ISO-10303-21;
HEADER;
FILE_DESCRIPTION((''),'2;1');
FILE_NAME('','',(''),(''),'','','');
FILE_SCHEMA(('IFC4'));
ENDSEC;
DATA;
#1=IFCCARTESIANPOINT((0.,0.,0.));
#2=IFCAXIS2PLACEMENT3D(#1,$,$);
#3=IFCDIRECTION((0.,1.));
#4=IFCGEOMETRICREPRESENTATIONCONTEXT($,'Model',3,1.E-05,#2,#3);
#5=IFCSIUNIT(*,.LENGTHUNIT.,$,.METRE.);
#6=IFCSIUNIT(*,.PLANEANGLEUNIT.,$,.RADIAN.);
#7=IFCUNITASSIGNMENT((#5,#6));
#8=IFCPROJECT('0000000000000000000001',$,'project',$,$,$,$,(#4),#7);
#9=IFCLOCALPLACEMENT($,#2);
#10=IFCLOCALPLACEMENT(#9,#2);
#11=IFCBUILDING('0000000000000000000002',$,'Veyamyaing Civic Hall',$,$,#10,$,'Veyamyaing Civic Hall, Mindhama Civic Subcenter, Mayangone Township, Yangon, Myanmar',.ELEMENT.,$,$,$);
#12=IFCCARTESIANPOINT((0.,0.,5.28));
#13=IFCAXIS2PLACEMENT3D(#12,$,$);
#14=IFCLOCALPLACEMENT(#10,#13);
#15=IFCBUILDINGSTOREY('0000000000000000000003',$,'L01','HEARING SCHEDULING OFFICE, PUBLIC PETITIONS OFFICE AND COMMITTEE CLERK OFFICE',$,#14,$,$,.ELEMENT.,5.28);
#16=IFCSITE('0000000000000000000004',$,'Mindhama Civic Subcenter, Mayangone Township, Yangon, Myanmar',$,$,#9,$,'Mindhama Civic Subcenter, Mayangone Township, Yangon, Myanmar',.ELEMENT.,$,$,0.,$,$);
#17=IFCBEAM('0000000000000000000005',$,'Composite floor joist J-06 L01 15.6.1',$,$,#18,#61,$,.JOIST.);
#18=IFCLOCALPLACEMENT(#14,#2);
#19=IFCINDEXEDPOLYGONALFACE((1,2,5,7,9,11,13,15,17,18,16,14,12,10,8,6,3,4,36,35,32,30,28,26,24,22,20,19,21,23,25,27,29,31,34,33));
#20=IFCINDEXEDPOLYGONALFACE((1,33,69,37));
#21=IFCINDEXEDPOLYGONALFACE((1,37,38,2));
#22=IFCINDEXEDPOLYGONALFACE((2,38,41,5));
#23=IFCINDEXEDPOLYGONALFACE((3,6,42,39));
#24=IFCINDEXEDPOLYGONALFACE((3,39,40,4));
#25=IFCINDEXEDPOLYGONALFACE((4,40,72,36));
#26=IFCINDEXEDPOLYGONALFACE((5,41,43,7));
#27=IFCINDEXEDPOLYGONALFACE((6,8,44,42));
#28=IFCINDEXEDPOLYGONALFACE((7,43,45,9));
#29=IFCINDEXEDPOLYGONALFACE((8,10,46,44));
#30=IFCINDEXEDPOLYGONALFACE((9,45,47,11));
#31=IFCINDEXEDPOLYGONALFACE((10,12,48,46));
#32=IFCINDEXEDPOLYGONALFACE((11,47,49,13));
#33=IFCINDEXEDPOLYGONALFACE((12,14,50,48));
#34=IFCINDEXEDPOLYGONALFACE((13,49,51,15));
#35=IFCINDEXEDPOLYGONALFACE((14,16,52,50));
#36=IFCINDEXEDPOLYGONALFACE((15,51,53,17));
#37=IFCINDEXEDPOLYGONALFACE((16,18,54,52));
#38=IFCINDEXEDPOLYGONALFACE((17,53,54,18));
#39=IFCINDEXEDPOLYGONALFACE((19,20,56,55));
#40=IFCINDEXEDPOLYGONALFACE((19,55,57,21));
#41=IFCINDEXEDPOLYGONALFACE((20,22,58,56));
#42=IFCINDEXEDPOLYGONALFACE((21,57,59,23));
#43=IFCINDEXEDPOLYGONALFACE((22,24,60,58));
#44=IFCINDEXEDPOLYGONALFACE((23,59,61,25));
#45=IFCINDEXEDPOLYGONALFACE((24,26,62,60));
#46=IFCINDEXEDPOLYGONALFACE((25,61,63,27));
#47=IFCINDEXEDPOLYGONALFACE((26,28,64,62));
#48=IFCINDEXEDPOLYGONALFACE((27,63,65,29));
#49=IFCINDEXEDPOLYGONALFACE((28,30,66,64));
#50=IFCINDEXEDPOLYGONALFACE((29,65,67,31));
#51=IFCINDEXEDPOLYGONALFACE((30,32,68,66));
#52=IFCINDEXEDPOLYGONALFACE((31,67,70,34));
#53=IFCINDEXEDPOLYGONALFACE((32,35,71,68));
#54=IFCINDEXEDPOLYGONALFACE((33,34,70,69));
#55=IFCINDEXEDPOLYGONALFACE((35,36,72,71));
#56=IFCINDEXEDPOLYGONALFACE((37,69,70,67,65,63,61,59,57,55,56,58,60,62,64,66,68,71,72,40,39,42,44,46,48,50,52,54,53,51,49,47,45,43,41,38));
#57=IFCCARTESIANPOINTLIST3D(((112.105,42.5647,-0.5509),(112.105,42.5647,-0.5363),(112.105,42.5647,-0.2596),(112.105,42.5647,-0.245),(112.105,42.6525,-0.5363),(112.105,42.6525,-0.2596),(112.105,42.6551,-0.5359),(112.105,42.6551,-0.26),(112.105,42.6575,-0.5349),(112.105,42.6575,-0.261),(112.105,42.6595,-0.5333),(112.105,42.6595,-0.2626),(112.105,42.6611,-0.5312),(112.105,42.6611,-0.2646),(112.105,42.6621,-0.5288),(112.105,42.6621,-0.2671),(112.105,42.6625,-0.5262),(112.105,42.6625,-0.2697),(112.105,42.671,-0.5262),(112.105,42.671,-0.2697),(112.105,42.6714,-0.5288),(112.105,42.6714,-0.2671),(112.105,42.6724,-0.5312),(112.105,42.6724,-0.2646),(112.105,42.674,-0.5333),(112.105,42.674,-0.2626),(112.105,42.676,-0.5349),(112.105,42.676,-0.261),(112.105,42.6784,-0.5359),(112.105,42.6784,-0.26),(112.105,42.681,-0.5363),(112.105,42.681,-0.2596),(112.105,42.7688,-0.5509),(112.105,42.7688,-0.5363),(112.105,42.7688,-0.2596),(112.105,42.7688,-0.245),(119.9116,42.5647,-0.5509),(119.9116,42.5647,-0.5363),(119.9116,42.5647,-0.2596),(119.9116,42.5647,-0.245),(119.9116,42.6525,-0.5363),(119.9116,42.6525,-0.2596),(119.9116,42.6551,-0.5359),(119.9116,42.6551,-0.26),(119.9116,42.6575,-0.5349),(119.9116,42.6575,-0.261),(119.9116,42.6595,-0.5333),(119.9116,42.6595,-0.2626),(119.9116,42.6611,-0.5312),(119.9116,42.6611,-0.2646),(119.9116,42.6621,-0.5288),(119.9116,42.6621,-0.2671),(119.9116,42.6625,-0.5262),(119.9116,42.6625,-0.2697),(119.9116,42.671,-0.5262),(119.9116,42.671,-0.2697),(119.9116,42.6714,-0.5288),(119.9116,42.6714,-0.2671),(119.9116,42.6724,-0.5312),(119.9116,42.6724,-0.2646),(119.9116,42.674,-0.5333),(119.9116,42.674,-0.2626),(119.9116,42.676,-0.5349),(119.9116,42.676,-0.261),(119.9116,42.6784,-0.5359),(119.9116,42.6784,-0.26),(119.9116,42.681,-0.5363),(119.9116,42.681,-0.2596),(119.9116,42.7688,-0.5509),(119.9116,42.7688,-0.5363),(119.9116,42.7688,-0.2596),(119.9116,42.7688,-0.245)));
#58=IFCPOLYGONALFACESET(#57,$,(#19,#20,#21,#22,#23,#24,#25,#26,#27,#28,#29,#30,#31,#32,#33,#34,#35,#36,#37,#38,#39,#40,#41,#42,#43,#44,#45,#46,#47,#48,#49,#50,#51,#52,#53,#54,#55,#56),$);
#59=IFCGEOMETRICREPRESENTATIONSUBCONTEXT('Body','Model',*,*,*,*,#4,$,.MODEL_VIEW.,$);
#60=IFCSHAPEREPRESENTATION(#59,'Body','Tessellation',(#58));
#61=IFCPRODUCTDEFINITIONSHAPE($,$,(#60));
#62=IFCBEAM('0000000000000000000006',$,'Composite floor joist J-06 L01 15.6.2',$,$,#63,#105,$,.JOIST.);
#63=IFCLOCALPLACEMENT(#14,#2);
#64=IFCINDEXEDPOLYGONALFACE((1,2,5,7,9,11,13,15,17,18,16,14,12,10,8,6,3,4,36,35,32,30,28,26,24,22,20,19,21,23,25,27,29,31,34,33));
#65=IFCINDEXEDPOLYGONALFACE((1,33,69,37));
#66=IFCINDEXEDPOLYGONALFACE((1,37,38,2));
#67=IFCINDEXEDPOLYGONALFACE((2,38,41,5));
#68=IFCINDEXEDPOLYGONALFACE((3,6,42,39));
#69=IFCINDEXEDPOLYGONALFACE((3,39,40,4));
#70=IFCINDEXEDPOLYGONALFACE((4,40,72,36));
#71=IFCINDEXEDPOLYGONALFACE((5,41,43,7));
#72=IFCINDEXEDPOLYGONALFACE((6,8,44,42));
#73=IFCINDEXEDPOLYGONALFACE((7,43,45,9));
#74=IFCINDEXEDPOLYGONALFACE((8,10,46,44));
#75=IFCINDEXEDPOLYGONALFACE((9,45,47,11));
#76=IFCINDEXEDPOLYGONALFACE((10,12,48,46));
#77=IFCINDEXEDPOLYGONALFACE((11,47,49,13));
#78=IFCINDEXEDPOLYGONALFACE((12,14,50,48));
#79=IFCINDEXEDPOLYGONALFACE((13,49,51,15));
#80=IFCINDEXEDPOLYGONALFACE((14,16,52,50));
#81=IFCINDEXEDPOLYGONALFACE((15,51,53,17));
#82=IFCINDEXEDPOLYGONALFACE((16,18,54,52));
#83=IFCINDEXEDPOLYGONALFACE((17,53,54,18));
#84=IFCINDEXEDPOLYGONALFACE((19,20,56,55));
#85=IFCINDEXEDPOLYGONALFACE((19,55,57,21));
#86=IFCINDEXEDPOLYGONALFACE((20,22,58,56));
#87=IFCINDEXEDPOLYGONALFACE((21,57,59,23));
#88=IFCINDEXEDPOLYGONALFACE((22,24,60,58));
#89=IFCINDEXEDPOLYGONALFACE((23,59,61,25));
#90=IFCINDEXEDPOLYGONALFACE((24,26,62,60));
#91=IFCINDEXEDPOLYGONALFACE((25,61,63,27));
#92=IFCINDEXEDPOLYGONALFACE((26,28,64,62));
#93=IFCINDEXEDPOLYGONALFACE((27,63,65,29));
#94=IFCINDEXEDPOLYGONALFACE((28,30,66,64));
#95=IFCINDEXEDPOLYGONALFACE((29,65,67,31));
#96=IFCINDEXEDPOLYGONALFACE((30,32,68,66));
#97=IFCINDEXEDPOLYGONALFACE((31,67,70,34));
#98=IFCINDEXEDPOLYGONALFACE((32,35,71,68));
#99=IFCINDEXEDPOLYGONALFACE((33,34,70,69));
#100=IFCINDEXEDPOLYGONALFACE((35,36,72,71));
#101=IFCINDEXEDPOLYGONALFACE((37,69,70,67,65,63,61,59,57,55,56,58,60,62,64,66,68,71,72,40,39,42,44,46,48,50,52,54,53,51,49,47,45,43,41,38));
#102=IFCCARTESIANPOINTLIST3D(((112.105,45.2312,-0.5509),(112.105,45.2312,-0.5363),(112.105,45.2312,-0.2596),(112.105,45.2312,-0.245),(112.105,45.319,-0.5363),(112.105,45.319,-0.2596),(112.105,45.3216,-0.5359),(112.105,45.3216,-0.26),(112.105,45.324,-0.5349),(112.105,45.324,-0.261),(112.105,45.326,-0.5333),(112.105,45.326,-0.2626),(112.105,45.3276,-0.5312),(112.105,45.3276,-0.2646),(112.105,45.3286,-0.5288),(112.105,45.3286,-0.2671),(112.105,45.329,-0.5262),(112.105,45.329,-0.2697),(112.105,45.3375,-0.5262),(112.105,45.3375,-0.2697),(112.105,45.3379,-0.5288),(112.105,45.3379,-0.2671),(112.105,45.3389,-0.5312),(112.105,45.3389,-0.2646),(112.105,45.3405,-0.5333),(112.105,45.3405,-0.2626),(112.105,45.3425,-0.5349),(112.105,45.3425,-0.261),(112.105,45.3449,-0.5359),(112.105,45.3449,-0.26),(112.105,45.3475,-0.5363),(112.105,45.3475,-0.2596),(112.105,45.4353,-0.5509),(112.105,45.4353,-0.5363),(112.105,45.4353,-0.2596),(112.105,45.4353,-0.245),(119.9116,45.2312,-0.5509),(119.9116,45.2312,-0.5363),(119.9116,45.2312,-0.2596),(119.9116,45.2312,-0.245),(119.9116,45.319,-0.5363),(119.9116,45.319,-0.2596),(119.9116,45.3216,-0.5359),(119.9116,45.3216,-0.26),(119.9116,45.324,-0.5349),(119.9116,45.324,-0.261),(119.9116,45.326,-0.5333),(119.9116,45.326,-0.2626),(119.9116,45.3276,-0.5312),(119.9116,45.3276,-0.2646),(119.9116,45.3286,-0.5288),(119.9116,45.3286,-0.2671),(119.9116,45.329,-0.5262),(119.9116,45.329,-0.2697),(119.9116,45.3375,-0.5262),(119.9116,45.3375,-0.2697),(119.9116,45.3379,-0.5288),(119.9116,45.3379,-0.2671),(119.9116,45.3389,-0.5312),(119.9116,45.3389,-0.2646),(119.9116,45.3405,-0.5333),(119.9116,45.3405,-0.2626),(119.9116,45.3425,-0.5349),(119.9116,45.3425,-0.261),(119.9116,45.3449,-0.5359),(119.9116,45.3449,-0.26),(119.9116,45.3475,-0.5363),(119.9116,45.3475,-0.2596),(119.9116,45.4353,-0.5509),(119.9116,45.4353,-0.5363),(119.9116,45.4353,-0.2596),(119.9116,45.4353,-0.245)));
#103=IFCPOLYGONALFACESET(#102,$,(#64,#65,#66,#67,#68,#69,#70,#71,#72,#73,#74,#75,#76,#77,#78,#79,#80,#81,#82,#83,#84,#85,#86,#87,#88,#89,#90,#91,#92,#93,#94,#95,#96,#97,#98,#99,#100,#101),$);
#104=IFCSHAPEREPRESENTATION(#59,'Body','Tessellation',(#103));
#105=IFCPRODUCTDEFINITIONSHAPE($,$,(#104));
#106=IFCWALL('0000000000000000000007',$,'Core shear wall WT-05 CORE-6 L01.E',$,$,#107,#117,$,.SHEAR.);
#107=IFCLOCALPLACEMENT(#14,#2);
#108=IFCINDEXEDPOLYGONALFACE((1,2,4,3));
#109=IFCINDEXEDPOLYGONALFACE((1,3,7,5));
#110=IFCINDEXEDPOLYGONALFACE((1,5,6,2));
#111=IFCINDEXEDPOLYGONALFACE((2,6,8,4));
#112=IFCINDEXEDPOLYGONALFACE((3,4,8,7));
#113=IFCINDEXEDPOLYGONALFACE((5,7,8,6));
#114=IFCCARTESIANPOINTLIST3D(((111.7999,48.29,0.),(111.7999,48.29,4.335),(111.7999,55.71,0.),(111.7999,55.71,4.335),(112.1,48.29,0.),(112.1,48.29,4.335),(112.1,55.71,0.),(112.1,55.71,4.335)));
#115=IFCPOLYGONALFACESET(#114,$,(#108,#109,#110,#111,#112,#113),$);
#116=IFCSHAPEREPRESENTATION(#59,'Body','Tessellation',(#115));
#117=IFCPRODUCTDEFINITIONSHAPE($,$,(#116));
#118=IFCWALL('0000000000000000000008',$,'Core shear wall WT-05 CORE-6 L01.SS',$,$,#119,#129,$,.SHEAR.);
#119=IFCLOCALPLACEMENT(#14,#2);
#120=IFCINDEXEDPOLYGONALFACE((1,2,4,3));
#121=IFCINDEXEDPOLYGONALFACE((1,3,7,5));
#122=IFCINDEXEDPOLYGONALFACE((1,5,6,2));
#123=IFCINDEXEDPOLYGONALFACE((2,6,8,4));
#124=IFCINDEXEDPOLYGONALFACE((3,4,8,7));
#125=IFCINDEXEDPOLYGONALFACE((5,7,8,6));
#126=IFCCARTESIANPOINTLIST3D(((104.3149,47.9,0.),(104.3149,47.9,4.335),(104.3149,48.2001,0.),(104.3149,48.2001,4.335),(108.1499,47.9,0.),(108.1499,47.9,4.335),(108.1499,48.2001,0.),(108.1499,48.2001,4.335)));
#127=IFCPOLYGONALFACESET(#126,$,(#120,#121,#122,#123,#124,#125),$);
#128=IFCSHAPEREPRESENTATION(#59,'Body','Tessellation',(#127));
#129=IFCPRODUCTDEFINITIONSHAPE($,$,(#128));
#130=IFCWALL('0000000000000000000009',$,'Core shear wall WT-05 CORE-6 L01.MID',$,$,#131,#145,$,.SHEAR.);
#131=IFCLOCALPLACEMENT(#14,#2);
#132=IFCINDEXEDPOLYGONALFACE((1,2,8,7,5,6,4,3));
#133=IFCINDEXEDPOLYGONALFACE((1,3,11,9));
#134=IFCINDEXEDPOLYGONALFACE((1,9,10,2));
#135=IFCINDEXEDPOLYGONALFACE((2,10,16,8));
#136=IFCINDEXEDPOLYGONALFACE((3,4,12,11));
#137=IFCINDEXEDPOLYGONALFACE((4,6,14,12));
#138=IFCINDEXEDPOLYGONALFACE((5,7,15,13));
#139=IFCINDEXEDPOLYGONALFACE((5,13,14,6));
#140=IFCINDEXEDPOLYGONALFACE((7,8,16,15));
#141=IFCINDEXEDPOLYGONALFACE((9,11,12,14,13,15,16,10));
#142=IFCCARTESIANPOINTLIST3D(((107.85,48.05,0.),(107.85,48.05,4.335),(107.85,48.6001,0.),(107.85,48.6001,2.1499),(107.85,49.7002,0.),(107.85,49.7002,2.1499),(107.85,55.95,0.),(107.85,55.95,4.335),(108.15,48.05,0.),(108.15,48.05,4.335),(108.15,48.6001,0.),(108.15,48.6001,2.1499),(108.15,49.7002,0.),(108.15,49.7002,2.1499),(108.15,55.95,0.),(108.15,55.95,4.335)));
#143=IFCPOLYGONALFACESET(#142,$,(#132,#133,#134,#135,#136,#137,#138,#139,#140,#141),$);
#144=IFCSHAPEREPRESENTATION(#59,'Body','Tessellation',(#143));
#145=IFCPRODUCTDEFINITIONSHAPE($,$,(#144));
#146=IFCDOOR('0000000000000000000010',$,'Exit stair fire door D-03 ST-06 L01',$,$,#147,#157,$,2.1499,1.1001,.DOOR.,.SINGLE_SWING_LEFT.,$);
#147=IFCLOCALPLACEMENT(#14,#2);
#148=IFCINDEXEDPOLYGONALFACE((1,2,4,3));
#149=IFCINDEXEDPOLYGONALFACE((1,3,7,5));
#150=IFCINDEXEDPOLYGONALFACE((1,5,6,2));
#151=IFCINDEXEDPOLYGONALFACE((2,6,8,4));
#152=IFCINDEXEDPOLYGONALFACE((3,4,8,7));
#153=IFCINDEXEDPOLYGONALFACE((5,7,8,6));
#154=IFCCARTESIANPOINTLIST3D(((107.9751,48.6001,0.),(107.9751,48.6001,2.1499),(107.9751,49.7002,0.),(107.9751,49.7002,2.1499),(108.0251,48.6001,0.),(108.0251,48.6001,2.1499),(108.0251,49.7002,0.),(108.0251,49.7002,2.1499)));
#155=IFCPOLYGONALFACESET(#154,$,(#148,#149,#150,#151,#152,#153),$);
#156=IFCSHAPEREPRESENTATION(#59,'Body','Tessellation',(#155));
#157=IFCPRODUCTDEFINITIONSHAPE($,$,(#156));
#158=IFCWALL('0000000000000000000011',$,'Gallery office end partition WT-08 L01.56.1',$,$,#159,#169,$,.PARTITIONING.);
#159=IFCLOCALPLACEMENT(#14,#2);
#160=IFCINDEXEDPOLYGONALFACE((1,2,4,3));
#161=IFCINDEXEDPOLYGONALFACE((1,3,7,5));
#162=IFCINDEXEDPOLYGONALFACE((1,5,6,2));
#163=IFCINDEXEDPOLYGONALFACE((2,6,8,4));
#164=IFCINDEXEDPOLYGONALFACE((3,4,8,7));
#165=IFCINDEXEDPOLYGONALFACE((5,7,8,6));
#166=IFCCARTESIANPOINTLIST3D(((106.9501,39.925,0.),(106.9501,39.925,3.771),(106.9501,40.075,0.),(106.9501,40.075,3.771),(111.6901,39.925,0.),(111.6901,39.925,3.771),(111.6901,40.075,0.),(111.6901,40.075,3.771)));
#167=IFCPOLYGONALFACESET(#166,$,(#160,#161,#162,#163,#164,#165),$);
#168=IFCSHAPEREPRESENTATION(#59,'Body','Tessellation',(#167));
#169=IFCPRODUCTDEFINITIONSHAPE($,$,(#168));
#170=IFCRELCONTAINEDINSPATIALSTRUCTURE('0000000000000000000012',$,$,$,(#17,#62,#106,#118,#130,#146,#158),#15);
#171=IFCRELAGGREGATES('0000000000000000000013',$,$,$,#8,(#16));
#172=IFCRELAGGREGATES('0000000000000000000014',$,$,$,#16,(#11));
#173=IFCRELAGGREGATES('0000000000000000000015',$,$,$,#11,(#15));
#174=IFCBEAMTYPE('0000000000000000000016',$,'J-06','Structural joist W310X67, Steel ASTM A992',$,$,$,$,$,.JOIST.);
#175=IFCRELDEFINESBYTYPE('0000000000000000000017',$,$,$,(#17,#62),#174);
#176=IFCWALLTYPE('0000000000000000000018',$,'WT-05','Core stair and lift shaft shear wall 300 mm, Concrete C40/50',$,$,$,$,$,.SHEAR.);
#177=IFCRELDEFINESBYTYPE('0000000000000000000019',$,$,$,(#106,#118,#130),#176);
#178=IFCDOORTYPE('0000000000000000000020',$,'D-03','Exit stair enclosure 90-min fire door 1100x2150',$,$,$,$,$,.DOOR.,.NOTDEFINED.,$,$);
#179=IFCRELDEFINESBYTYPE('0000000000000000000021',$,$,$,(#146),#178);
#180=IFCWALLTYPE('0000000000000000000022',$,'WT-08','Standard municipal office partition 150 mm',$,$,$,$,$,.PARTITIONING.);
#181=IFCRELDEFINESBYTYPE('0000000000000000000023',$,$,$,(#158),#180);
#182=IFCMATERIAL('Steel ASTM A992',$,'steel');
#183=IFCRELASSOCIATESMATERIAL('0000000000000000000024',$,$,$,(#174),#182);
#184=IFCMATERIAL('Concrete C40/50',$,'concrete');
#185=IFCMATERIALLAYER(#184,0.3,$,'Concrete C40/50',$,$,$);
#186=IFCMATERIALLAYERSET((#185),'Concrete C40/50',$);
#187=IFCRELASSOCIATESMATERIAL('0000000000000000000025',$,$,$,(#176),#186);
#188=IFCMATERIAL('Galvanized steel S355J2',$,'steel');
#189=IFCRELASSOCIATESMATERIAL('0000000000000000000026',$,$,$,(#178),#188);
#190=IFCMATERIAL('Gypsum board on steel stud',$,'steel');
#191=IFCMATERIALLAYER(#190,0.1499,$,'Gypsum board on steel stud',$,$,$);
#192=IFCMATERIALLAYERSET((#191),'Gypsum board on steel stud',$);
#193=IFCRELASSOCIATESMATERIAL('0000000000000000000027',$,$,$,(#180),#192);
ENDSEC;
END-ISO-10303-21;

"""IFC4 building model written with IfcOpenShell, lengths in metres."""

from ifc_helpers import new_model, si_unit, direction, frame, frame_2d, origin, origin_2d, place, context, subcontext, project, spatial, rectangle, i_section, extrude, material, layer, layer_set, material_profile, profile_set, type_object, element, fill, save


model = new_model("IFC4")

# Units and contexts
model_context = context("Model", 3, precision=1e-05, world=origin(), true_north=direction((0.0, 1.0)))
body_context = subcontext(model_context, "Body", "Model", "MODEL_VIEW")
ifc_project = project(units=[si_unit("LENGTHUNIT", "METRE"), si_unit("PLANEANGLEUNIT", "RADIAN")], contexts=[model_context])

# Site, building, storey
site_placement = place(None, origin())
site = spatial("IfcSite", under=ifc_project, at=site_placement, Name="Mindhama Civic Subcenter, Mayangone Township, Yangon, Myanmar", LongName="Mindhama Civic Subcenter, Mayangone Township, Yangon, Myanmar", CompositionType="ELEMENT", RefElevation=0.0)
building_placement = place(site_placement, origin())
building = spatial("IfcBuilding", under=site, at=building_placement, Name="Veyamyaing Civic Hall", LongName="Veyamyaing Civic Hall, Mindhama Civic Subcenter, Mayangone Township, Yangon, Myanmar", CompositionType="ELEMENT")
storey_placement = place(building_placement, frame((0.0, 0.0, 5.28)))
storey = spatial("IfcBuildingStorey", under=building, at=storey_placement, Name="L01", Description="HEARING SCHEDULING OFFICE, PUBLIC PETITIONS OFFICE AND COMMITTEE CLERK OFFICE", CompositionType="ELEMENT", Elevation=5.28)

# Beams
ifc_material_1 = material(Name="Steel ASTM A992", Category="steel")
ifc_material_profile_1 = material_profile(ifc_material_1, i_section(OverallWidth=0.2041, OverallDepth=0.3059, WebThickness=0.0085, FlangeThickness=0.0146, FilletRadius=0.01, at=origin_2d()), Name="W310X67")
ifc_profile_set_1 = profile_set([ifc_material_profile_1], Name="Steel ASTM A992")
beam_type_1 = type_object("IfcBeamType", Name="J-06", Description="Structural joist W310X67, Steel ASTM A992", PredefinedType="JOIST", material=ifc_profile_set_1)
for number, where, z_axis, x_axis, name in (
    (1, (112.105, 42.6667, -0.3979), (1.0, 0.0, 0.0), (0.0, 1.0, 0.0), "Composite floor joist J-06 L01 15.6.1"),
    (2, (112.105, 45.3333, -0.3979), (1.0, 0.0, 0.0), (0.0, 1.0, 0.0), "Composite floor joist J-06 L01 15.6.2"),
):
    element("IfcBeam", number, at=place(storey_placement, frame(where, z_axis=z_axis, x_axis=x_axis)), inside=storey, type_object=beam_type_1, Name=name, PredefinedType="JOIST", context=body_context, shape_type="SweptSolid", body=[
        extrude(i_section(OverallWidth=0.2041, OverallDepth=0.3059, WebThickness=0.0085, FlangeThickness=0.0146, FilletRadius=0.01, at=origin_2d()), origin(), (0.0, 0.0, 1.0), 7.8066),
    ])

# Walls
ifc_material_2 = material(Name="Concrete C40/50", Category="concrete")
ifc_layer_1 = layer(ifc_material_2, 0.3, Name="Concrete C40/50")
ifc_layer_set_1 = layer_set([ifc_layer_1], Name="Concrete C40/50")
wall_type_1 = type_object("IfcWallType", Name="WT-05", Description="Core stair and lift shaft shear wall 300 mm, Concrete C40/50", PredefinedType="SHEAR", material=ifc_layer_set_1)
wall_1_placement = place(storey_placement, frame((111.95, 48.29, 0.0), z_axis=(0.0, 0.0, 1.0), x_axis=(0.0, 1.0, 0.0)))
element("IfcWall", 3, at=wall_1_placement, inside=storey, type_object=wall_type_1, Name="Core shear wall WT-05 CORE-6 L01.E", PredefinedType="SHEAR", context=body_context, shape_type="SweptSolid", body=[
    extrude(rectangle(XDim=7.4199, YDim=0.3, at=frame_2d((3.71, 0.0))), origin(), (0.0, 0.0, 1.0), 4.335),
])
wall_2_placement = place(storey_placement, frame((104.3149, 48.05, 0.0), z_axis=(0.0, 0.0, 1.0), x_axis=(1.0, 0.0, 0.0)))
element("IfcWall", 4, at=wall_2_placement, inside=storey, type_object=wall_type_1, Name="Core shear wall WT-05 CORE-6 L01.SS", PredefinedType="SHEAR", context=body_context, shape_type="SweptSolid", body=[
    extrude(rectangle(XDim=3.835, YDim=0.3, at=frame_2d((1.9175, 0.0))), origin(), (0.0, 0.0, 1.0), 4.335),
])

# Wall, opening, door
wall_3_placement = place(storey_placement, frame((108.0, 48.05, 0.0), z_axis=(0.0, 0.0, 1.0), x_axis=(0.0, 1.0, 0.0)))
wall_3 = element("IfcWall", 5, at=wall_3_placement, inside=storey, type_object=wall_type_1, Name="Core shear wall WT-05 CORE-6 L01.MID", PredefinedType="SHEAR", context=body_context, shape_type="SweptSolid", body=[
    extrude(rectangle(XDim=7.8999, YDim=0.3, at=frame_2d((3.95, 0.0))), origin(), (0.0, 0.0, 1.0), 4.335),
])
opening_1_placement = place(wall_3_placement, frame((0.55, 0.0, 0.0)))
opening_1 = element("IfcOpeningElement", 6, at=opening_1_placement, cuts=wall_3, PredefinedType="OPENING", context=body_context, shape_type="SweptSolid", body=[
    extrude(rectangle(XDim=1.1001, YDim=2.1499, at=frame_2d((0.55, 1.075))), frame((0.0, 0.1599, 0.0), z_axis=(0.0, -1.0, 0.0), x_axis=(1.0, 0.0, 0.0)), (0.0, 0.0, 1.0), 0.3201),
])
ifc_material_3 = material(Name="Galvanized steel S355J2", Category="steel")
door_type_1 = type_object("IfcDoorType", Name="D-03", Description="Exit stair enclosure 90-min fire door 1100x2150", OperationType="NOTDEFINED", PredefinedType="DOOR", material=ifc_material_3)
door_1_placement = place(opening_1_placement, origin())
door_1 = element("IfcDoor", 7, at=door_1_placement, inside=storey, type_object=door_type_1, Name="Exit stair fire door D-03 ST-06 L01", OperationType="SINGLE_SWING_LEFT", OverallHeight=2.1499, OverallWidth=1.1001, PredefinedType="DOOR", context=body_context, shape_type="SweptSolid", body=[
    extrude(rectangle(XDim=1.1001, YDim=2.1499, at=frame_2d((0.55, 1.075))), frame((0.0, 0.0249, 0.0), z_axis=(0.0, -1.0, 0.0), x_axis=(1.0, 0.0, 0.0)), (0.0, 0.0, 1.0), 0.05),
])
fill(opening_1, door_1)

# Wall
ifc_material_4 = material(Name="Gypsum board on steel stud", Category="steel")
ifc_layer_2 = layer(ifc_material_4, 0.1499, Name="Gypsum board on steel stud")
ifc_layer_set_2 = layer_set([ifc_layer_2], Name="Gypsum board on steel stud")
wall_type_2 = type_object("IfcWallType", Name="WT-08", Description="Standard municipal office partition 150 mm", PredefinedType="PARTITIONING", material=ifc_layer_set_2)
wall_4_placement = place(storey_placement, frame((106.95, 40.0, 0.0), z_axis=(0.0, 0.0, 1.0), x_axis=(1.0, 0.0, 0.0)))
element("IfcWall", 8, at=wall_4_placement, inside=storey, type_object=wall_type_2, Name="Gallery office end partition WT-08 L01.56.1", PredefinedType="PARTITIONING", context=body_context, shape_type="SweptSolid", body=[
    extrude(rectangle(XDim=4.74, YDim=0.1499, at=frame_2d((2.3701, 0.0))), origin(), (0.0, 0.0, 1.0), 3.771),
])

save(model, "model.ifc")
